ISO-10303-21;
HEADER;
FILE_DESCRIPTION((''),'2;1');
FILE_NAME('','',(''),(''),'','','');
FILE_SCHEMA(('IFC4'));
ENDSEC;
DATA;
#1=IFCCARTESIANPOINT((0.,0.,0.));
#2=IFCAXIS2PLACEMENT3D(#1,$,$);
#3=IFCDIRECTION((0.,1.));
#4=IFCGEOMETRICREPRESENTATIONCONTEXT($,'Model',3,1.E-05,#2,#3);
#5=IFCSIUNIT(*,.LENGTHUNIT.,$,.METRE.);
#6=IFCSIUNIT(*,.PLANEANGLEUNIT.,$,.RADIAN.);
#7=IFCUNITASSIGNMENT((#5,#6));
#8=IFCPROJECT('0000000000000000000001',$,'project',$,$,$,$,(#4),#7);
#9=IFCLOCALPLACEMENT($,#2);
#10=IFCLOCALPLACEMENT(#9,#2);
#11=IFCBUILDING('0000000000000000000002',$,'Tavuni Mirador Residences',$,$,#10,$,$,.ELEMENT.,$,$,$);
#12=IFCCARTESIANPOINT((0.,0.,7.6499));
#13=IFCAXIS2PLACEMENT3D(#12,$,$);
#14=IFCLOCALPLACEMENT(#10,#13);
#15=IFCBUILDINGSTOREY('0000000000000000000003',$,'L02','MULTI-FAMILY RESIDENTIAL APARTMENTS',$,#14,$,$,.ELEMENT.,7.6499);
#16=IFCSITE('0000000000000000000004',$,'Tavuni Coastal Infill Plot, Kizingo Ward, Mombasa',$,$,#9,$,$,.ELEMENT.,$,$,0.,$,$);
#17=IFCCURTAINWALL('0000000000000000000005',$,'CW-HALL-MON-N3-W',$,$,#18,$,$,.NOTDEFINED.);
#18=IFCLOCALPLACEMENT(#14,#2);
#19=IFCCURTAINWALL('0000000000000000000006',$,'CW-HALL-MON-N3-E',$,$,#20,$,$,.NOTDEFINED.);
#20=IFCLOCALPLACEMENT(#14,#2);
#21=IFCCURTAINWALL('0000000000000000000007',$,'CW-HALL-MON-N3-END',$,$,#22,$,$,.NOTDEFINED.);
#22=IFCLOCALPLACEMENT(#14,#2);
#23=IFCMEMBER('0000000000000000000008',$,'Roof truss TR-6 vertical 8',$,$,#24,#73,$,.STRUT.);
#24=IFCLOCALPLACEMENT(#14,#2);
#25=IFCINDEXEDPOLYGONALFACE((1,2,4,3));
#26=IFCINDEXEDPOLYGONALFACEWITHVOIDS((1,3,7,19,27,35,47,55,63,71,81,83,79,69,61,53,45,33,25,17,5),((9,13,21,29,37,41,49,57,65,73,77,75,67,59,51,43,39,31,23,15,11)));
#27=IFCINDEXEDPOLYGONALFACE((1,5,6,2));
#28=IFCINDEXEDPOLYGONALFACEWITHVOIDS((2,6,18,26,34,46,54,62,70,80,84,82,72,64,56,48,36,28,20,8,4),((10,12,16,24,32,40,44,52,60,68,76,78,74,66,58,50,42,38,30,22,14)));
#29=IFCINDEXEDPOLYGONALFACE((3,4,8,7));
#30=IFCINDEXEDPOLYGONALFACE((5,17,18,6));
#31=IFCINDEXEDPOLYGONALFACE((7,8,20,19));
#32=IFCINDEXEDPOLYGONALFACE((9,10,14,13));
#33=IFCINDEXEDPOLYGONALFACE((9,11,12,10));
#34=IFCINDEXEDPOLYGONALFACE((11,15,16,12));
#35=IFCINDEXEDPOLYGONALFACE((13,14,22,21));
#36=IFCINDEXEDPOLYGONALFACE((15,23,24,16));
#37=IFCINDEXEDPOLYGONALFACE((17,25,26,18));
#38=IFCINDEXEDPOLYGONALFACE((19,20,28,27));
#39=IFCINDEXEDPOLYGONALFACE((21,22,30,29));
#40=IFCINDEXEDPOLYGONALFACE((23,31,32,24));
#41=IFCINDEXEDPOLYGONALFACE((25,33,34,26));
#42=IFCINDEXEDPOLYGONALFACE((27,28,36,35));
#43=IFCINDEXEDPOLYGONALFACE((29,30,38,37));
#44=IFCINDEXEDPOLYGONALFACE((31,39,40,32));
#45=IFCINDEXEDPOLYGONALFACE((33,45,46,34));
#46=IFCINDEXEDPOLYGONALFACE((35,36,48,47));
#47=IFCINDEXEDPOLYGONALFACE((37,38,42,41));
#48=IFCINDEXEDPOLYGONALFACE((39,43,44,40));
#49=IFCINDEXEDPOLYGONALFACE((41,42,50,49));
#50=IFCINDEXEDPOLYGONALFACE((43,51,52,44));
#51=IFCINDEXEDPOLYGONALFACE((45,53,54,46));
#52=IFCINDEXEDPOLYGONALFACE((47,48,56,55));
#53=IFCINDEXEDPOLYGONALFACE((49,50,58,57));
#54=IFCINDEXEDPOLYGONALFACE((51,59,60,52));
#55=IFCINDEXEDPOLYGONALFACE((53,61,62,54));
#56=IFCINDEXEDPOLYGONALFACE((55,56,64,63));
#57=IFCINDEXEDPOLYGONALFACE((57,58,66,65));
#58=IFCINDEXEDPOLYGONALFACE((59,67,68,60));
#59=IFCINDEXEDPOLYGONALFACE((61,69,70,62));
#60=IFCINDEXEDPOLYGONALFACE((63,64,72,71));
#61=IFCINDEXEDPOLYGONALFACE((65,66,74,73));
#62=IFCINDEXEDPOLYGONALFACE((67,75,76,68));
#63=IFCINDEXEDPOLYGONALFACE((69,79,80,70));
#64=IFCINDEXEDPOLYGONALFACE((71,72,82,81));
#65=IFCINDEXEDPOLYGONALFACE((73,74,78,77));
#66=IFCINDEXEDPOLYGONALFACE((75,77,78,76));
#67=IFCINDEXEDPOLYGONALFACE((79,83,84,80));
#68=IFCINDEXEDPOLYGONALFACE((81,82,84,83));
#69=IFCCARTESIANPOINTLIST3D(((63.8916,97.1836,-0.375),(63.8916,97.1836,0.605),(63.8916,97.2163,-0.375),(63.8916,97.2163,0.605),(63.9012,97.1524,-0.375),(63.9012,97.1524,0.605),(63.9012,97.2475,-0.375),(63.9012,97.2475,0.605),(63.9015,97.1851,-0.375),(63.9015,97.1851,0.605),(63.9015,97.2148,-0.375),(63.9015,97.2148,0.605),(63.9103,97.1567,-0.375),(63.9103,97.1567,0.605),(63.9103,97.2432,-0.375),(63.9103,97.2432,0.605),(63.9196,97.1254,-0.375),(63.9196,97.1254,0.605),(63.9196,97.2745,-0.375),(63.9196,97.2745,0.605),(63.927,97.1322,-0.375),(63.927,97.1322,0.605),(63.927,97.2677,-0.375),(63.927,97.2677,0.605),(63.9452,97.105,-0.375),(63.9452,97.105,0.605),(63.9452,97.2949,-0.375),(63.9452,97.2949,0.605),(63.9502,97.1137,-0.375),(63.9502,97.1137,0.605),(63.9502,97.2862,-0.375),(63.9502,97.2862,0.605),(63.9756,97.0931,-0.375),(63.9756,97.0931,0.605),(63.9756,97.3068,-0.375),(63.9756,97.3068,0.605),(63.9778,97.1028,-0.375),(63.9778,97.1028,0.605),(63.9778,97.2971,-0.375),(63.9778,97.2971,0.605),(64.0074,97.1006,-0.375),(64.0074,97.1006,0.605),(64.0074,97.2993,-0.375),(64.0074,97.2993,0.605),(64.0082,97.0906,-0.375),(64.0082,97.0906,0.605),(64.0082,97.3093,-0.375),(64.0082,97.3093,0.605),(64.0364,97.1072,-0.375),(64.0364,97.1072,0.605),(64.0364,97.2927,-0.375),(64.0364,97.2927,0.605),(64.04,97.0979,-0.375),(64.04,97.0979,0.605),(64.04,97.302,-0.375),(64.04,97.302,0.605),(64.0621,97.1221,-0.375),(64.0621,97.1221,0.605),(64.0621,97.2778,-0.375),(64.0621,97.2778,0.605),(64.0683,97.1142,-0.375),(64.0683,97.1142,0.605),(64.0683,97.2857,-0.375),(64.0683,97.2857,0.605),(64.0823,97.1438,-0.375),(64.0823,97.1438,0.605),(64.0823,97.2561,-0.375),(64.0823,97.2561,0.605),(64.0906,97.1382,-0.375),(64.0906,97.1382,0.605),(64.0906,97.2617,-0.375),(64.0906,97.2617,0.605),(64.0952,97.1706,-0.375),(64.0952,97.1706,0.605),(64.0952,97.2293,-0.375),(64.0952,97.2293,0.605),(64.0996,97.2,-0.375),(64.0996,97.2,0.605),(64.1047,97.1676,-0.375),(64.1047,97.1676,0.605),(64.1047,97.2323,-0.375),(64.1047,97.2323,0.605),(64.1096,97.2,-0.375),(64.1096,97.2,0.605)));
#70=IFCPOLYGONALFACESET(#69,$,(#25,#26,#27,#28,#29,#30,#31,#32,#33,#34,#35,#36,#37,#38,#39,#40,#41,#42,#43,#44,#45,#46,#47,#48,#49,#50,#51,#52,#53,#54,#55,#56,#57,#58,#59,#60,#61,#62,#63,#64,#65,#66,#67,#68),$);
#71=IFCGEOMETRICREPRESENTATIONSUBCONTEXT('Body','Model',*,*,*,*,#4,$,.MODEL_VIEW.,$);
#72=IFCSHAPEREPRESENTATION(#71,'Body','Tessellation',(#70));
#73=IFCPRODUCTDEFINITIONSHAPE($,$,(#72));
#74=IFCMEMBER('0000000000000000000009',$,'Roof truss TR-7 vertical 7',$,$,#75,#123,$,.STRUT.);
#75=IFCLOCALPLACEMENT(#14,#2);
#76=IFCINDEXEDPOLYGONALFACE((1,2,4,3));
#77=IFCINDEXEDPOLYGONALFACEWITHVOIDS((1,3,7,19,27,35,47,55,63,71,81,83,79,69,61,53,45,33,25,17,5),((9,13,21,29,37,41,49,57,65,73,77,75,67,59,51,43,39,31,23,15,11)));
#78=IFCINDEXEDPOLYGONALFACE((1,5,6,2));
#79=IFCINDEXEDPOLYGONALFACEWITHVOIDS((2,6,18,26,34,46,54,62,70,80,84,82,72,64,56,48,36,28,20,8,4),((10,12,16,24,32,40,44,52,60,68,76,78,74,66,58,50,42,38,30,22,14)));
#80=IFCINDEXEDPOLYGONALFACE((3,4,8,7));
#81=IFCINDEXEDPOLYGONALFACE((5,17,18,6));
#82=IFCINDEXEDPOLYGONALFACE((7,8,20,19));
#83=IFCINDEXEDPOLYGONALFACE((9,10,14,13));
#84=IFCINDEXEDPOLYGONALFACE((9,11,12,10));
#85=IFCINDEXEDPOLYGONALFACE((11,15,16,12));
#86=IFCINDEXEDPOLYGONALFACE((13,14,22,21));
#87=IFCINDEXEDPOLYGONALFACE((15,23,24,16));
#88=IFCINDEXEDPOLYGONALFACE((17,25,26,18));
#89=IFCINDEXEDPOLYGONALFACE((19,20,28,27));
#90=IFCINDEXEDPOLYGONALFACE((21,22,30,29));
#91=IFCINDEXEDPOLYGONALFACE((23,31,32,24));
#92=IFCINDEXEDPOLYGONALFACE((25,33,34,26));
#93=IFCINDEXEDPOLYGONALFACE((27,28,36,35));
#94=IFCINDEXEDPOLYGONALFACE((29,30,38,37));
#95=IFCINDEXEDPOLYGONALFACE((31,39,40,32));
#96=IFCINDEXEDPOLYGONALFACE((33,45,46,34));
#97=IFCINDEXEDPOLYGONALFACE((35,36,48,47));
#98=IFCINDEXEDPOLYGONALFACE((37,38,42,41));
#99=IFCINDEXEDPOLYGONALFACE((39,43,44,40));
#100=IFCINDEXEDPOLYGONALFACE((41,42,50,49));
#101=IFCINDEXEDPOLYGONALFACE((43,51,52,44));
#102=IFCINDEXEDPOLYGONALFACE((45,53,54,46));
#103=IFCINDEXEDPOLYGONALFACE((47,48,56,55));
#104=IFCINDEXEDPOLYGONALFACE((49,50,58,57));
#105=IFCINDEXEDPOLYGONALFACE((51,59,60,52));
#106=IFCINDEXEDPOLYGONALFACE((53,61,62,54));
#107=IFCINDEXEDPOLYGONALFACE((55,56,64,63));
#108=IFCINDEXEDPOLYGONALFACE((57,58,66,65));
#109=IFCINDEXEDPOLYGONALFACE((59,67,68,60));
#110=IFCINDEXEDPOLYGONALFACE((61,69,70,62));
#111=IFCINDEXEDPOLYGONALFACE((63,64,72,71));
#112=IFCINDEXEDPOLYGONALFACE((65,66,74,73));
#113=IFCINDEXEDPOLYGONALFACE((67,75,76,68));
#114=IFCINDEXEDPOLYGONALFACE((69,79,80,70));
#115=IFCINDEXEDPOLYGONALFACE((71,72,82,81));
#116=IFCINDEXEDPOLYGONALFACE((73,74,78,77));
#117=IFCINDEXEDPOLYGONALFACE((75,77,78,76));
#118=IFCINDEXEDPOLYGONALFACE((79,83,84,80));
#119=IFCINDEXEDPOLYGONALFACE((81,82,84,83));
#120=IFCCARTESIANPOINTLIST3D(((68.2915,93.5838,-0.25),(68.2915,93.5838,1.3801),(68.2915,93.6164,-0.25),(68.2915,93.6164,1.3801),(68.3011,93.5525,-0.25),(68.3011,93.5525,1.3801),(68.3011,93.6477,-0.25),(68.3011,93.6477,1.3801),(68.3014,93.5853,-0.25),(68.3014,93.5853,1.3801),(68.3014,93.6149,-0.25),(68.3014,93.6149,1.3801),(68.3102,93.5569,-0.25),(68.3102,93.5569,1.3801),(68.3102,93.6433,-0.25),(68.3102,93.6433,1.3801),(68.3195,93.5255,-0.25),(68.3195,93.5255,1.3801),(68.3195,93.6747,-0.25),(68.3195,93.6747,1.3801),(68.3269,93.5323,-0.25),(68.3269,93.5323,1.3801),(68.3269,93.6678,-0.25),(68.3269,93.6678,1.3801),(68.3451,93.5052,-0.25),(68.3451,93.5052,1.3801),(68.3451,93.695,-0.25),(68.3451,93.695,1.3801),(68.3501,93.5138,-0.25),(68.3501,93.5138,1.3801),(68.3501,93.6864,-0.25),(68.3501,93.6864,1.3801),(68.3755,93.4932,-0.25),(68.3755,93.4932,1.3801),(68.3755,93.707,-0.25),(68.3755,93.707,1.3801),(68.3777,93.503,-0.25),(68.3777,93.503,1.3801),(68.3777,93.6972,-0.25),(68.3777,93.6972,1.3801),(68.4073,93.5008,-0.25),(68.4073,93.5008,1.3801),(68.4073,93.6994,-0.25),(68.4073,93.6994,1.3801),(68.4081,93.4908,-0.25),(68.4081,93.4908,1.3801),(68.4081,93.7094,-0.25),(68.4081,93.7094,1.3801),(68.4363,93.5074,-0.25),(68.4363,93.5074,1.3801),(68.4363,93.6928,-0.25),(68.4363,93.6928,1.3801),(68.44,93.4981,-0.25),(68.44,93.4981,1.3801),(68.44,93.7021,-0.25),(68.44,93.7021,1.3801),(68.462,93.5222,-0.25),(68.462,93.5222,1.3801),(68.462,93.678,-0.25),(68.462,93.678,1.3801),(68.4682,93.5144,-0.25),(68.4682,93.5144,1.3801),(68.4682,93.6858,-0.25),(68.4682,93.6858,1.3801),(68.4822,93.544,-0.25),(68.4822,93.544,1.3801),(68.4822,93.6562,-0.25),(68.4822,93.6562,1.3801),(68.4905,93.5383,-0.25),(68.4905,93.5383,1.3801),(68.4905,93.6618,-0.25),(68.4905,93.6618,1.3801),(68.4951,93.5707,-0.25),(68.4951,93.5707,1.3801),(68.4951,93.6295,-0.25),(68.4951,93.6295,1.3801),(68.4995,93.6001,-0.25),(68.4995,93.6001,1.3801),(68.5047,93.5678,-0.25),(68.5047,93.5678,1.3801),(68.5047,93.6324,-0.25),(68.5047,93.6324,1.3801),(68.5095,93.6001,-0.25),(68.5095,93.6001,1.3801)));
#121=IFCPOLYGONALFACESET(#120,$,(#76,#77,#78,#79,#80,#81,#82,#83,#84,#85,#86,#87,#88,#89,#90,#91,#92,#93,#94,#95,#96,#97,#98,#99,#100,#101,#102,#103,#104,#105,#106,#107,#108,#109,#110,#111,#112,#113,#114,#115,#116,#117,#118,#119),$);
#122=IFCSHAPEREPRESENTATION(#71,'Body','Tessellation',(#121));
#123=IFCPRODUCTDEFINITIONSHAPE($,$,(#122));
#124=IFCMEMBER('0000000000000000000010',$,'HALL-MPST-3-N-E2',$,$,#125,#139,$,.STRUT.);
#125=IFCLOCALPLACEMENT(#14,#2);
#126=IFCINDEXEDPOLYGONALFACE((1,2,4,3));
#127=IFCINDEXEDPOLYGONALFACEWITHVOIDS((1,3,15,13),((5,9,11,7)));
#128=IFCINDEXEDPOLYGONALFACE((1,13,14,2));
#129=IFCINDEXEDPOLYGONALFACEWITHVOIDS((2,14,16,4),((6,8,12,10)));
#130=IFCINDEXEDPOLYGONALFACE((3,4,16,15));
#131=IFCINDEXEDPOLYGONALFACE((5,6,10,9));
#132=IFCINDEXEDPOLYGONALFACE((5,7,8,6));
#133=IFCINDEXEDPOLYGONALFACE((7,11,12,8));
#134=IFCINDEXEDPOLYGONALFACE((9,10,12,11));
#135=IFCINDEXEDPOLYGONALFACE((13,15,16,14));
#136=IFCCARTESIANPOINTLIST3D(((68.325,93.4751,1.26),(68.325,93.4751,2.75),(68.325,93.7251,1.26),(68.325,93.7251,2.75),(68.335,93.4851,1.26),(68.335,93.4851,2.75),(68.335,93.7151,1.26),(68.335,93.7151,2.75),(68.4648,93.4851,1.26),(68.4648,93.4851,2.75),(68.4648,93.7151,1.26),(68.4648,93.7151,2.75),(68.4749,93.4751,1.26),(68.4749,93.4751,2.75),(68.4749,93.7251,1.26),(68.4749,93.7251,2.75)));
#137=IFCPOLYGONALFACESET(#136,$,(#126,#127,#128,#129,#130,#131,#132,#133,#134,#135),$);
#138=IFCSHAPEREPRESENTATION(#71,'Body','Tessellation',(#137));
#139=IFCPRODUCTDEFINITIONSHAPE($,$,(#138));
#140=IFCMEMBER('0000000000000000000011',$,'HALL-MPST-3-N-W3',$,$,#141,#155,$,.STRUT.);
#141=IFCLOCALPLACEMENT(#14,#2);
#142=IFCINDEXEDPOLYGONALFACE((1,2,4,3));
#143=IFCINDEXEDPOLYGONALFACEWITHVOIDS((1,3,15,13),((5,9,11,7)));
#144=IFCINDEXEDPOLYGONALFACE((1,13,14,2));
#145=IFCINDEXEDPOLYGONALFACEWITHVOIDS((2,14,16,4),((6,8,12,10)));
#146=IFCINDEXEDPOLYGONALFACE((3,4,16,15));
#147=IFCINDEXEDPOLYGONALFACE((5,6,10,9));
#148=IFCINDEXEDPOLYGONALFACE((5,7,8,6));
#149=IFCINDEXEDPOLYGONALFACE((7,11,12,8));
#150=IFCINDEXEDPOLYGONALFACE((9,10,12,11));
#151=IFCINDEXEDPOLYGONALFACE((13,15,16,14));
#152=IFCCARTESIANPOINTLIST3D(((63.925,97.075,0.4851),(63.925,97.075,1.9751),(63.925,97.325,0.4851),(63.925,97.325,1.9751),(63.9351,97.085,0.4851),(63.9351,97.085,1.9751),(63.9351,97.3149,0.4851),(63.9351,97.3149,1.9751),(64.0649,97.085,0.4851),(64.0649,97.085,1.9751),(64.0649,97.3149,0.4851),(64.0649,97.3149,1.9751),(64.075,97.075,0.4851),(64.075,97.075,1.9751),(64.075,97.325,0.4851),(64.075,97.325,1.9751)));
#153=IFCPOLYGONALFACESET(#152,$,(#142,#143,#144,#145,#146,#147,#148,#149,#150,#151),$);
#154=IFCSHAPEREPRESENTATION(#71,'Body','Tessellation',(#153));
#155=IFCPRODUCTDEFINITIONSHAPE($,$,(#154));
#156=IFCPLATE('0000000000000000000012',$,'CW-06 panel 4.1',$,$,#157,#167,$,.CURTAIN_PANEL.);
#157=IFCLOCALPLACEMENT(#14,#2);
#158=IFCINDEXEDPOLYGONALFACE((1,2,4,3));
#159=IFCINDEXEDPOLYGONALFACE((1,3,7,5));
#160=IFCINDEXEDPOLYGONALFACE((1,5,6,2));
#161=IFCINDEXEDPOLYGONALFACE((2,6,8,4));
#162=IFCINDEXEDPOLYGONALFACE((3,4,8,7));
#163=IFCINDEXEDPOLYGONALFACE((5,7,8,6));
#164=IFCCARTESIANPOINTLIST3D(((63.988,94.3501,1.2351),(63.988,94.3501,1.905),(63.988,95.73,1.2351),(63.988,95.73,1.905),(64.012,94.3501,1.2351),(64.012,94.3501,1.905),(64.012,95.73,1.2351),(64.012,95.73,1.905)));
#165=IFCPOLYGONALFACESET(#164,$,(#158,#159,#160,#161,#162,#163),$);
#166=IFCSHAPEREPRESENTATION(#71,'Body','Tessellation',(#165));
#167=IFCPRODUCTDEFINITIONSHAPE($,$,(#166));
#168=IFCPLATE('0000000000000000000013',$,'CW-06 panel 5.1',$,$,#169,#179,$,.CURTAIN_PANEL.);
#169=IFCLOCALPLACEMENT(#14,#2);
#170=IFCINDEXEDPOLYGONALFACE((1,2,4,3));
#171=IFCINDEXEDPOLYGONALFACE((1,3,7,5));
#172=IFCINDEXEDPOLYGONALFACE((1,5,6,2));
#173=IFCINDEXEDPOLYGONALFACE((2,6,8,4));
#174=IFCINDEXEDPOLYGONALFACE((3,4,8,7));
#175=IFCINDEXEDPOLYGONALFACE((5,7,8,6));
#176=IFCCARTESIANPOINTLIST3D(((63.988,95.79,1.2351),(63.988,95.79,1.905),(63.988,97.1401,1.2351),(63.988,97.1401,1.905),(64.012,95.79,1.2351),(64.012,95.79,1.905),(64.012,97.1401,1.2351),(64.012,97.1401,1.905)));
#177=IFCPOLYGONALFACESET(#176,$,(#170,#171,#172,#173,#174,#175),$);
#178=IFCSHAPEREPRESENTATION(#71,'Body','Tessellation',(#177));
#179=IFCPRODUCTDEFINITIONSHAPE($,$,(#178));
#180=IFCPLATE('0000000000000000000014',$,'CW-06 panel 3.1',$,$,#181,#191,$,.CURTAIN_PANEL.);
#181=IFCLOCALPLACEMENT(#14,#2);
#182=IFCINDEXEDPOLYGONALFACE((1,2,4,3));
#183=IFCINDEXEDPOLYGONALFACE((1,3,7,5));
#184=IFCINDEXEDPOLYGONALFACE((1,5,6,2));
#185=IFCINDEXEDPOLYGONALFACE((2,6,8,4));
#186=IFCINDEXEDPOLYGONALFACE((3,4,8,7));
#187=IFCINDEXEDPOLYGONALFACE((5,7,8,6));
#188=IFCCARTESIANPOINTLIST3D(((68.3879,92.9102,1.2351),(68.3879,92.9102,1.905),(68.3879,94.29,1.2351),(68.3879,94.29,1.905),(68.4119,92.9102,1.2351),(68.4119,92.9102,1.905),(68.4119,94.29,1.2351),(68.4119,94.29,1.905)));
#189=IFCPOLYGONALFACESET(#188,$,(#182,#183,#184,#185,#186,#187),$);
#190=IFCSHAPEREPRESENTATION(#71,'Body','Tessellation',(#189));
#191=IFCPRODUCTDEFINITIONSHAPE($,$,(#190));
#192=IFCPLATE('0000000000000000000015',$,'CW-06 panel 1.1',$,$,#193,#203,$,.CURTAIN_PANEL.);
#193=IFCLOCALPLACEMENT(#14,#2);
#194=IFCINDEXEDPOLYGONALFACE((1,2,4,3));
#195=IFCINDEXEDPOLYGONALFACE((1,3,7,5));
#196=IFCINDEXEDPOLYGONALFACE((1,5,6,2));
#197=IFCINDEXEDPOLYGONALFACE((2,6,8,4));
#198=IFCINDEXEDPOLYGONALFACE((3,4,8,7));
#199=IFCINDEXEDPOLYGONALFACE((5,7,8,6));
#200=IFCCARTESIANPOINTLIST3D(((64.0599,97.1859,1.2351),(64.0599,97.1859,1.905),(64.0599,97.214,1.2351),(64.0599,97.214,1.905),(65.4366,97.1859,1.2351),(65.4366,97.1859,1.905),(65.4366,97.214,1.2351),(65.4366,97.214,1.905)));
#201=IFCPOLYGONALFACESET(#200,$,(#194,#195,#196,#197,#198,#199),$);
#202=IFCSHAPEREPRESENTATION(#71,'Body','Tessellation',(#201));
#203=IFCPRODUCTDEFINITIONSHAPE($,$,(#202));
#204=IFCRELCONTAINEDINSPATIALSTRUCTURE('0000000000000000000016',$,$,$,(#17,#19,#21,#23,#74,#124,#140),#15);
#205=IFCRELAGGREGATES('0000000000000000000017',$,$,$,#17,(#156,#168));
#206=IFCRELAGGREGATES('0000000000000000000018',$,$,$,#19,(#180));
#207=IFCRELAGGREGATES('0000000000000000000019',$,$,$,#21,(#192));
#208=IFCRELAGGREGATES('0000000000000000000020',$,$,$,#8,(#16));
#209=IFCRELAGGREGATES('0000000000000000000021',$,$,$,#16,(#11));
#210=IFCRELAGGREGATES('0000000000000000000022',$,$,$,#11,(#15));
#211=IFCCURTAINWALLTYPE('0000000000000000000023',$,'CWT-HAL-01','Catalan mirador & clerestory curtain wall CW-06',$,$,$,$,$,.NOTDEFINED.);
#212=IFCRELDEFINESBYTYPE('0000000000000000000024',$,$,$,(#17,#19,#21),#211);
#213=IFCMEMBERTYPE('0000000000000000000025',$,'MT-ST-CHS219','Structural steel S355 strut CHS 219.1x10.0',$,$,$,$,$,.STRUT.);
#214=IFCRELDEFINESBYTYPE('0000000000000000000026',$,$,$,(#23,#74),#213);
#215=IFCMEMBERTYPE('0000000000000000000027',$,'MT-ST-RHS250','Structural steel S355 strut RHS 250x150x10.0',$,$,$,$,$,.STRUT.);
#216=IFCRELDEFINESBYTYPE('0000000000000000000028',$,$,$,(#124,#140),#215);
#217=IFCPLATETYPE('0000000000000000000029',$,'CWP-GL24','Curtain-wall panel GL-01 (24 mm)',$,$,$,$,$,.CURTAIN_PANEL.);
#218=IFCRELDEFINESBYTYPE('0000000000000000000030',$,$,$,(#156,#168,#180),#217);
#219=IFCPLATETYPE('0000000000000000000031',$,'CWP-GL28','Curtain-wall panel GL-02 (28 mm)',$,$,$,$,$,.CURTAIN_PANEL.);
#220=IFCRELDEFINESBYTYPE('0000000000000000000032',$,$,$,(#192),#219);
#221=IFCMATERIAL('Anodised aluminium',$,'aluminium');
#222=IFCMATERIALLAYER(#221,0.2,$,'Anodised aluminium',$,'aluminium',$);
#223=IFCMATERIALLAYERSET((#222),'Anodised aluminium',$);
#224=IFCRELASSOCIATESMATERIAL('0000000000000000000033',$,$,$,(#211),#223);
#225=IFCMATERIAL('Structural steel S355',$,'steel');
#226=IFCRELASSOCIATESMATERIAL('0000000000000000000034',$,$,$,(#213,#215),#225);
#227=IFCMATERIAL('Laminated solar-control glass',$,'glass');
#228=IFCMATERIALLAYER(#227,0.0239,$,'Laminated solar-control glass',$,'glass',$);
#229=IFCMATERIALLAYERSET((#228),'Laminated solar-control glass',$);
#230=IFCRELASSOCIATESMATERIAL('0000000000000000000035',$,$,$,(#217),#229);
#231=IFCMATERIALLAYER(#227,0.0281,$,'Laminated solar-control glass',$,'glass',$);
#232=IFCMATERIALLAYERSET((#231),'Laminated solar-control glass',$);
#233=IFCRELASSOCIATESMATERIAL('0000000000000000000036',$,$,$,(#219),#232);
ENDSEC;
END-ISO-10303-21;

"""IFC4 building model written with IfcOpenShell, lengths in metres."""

from ifc_helpers import new_model, si_unit, direction, frame, origin, origin_2d, place, context, subcontext, project, spatial, rectangle, hollow_rectangle, hollow_circle, extrude, material, layer, layer_set, material_profile, profile_set, type_object, element, aggregate, save


model = new_model("IFC4")

# Units and contexts
model_context = context("Model", 3, precision=1e-05, world=origin(), true_north=direction((0.0, 1.0)))
body_context = subcontext(model_context, "Body", "Model", "MODEL_VIEW")
ifc_project = project(units=[si_unit("LENGTHUNIT", "METRE"), si_unit("PLANEANGLEUNIT", "RADIAN")], contexts=[model_context])

# Site, building, storey
site_placement = place(None, origin())
site = spatial("IfcSite", under=ifc_project, at=site_placement, Name="Tavuni Coastal Infill Plot, Kizingo Ward, Mombasa", CompositionType="ELEMENT", RefElevation=0.0)
building_placement = place(site_placement, origin())
building = spatial("IfcBuilding", under=site, at=building_placement, Name="Tavuni Mirador Residences", CompositionType="ELEMENT")
storey_placement = place(building_placement, frame((0.0, 0.0, 7.6499)))
storey = spatial("IfcBuildingStorey", under=building, at=storey_placement, Name="L02", Description="MULTI-FAMILY RESIDENTIAL APARTMENTS", CompositionType="ELEMENT", Elevation=7.6499)

# Curtain wall
ifc_material_1 = material(Name="Anodised aluminium", Category="aluminium")
ifc_layer_1 = layer(ifc_material_1, 0.2, Name="Anodised aluminium", Category="aluminium")
ifc_layer_set_1 = layer_set([ifc_layer_1], Name="Anodised aluminium")
curtain_wall_type = type_object("IfcCurtainWallType", Name="CWT-HAL-01", Description="Catalan mirador & clerestory curtain wall CW-06", PredefinedType="NOTDEFINED", material=ifc_layer_set_1)
curtain_wall_1_placement = place(storey_placement, origin())
curtain_wall_1 = element("IfcCurtainWall", 1, at=curtain_wall_1_placement, inside=storey, type_object=curtain_wall_type, Name="CW-HALL-MON-N3-W", PredefinedType="NOTDEFINED")

# Curtain wall
curtain_wall_2_placement = place(storey_placement, origin())
curtain_wall_2 = element("IfcCurtainWall", 2, at=curtain_wall_2_placement, inside=storey, type_object=curtain_wall_type, Name="CW-HALL-MON-N3-E", PredefinedType="NOTDEFINED")

# Curtain wall
curtain_wall_3_placement = place(storey_placement, origin())
curtain_wall_3 = element("IfcCurtainWall", 3, at=curtain_wall_3_placement, inside=storey, type_object=curtain_wall_type, Name="CW-HALL-MON-N3-END", PredefinedType="NOTDEFINED")

# Members
ifc_material_2 = material(Name="Structural steel S355", Category="steel")
ifc_material_profile_1 = material_profile(ifc_material_2, hollow_circle(Radius=0.1096, WallThickness=0.01, at=origin_2d()), Name="CHS 219.1x10.0", Category="steel")
ifc_profile_set_1 = profile_set([ifc_material_profile_1], Name="Structural steel S355")
member_type_1 = type_object("IfcMemberType", Name="MT-ST-CHS219", Description="Structural steel S355 strut CHS 219.1x10.0", PredefinedType="STRUT", material=ifc_profile_set_1)
member_1_placement = place(storey_placement, frame((64.0, 97.2, -0.375), z_axis=(0.0, 0.0, 1.0), x_axis=(1.0, 0.0, 0.0)))
element("IfcMember", 4, at=member_1_placement, inside=storey, type_object=member_type_1, Name="Roof truss TR-6 vertical 8", PredefinedType="STRUT", context=body_context, shape_type="SweptSolid", body=[
    extrude(hollow_circle(Radius=0.1096, WallThickness=0.01, at=origin_2d()), origin(), (0.0, 0.0, 1.0), 0.98),
])
member_2_placement = place(storey_placement, frame((68.3999, 93.6001, -0.25), z_axis=(0.0, 0.0, 1.0), x_axis=(1.0, 0.0, 0.0)))
element("IfcMember", 5, at=member_2_placement, inside=storey, type_object=member_type_1, Name="Roof truss TR-7 vertical 7", PredefinedType="STRUT", context=body_context, shape_type="SweptSolid", body=[
    extrude(hollow_circle(Radius=0.1096, WallThickness=0.01, at=origin_2d()), origin(), (0.0, 0.0, 1.0), 1.6301),
])
ifc_material_profile_2 = material_profile(ifc_material_2, hollow_rectangle(XDim=0.1499, YDim=0.25, WallThickness=0.01, at=origin_2d()), Name="RHS 250x150x10.0", Category="steel")
ifc_profile_set_2 = profile_set([ifc_material_profile_2], Name="Structural steel S355")
member_type_2 = type_object("IfcMemberType", Name="MT-ST-RHS250", Description="Structural steel S355 strut RHS 250x150x10.0", PredefinedType="STRUT", material=ifc_profile_set_2)
for number, where, z_axis, x_axis, name in (
    (6, (68.3999, 93.6001, 1.26), (0.0, 0.0, 1.0), (1.0, 0.0, 0.0), "HALL-MPST-3-N-E2"),
    (7, (64.0, 97.2, 0.4851), (0.0, 0.0, 1.0), (1.0, 0.0, 0.0), "HALL-MPST-3-N-W3"),
):
    element("IfcMember", number, at=place(storey_placement, frame(where, z_axis=z_axis, x_axis=x_axis)), inside=storey, type_object=member_type_2, Name=name, PredefinedType="STRUT", context=body_context, shape_type="SweptSolid", body=[
        extrude(hollow_rectangle(XDim=0.1499, YDim=0.25, WallThickness=0.01, at=origin_2d()), origin(), (0.0, 0.0, 1.0), 1.49),
    ])

# Plates
ifc_material_3 = material(Name="Laminated solar-control glass", Category="glass")
ifc_layer_2 = layer(ifc_material_3, 0.0239, Name="Laminated solar-control glass", Category="glass")
ifc_layer_set_2 = layer_set([ifc_layer_2], Name="Laminated solar-control glass")
plate_type_1 = type_object("IfcPlateType", Name="CWP-GL24", Description="Curtain-wall panel GL-01 (24 mm)", PredefinedType="CURTAIN_PANEL", material=ifc_layer_set_2)
plate_1_placement = place(storey_placement, frame((64.0, 95.04, 1.2351), z_axis=(0.0, 0.0, 1.0), x_axis=(0.0, 1.0, 0.0)))
plate_1 = element("IfcPlate", 8, at=plate_1_placement, type_object=plate_type_1, Name="CW-06 panel 4.1", PredefinedType="CURTAIN_PANEL", context=body_context, shape_type="SweptSolid", body=[
    extrude(rectangle(XDim=1.3799, YDim=0.0239, at=origin_2d()), origin(), (0.0, 0.0, 1.0), 0.6699),
])
plate_2_placement = place(storey_placement, frame((64.0, 96.4651, 1.2351), z_axis=(0.0, 0.0, 1.0), x_axis=(0.0, 1.0, 0.0)))
plate_2 = element("IfcPlate", 9, at=plate_2_placement, type_object=plate_type_1, Name="CW-06 panel 5.1", PredefinedType="CURTAIN_PANEL", context=body_context, shape_type="SweptSolid", body=[
    extrude(rectangle(XDim=1.3501, YDim=0.0239, at=origin_2d()), origin(), (0.0, 0.0, 1.0), 0.6699),
])
aggregate(curtain_wall_1, [plate_1, plate_2])
plate_3_placement = place(storey_placement, frame((68.3999, 93.6001, 1.2351), z_axis=(0.0, 0.0, 1.0), x_axis=(0.0, 1.0, 0.0)))
plate_3 = element("IfcPlate", 10, at=plate_3_placement, type_object=plate_type_1, Name="CW-06 panel 3.1", PredefinedType="CURTAIN_PANEL", context=body_context, shape_type="SweptSolid", body=[
    extrude(rectangle(XDim=1.3799, YDim=0.0239, at=origin_2d()), origin(), (0.0, 0.0, 1.0), 0.6699),
])
aggregate(curtain_wall_2, [plate_3])
ifc_layer_3 = layer(ifc_material_3, 0.0281, Name="Laminated solar-control glass", Category="glass")
ifc_layer_set_3 = layer_set([ifc_layer_3], Name="Laminated solar-control glass")
plate_type_2 = type_object("IfcPlateType", Name="CWP-GL28", Description="Curtain-wall panel GL-02 (28 mm)", PredefinedType="CURTAIN_PANEL", material=ifc_layer_set_3)
plate_4_placement = place(storey_placement, frame((64.7483, 97.2, 1.2351), z_axis=(0.0, 0.0, 1.0), x_axis=(1.0, 0.0, 0.0)))
plate_4 = element("IfcPlate", 11, at=plate_4_placement, type_object=plate_type_2, Name="CW-06 panel 1.1", PredefinedType="CURTAIN_PANEL", context=body_context, shape_type="SweptSolid", body=[
    extrude(rectangle(XDim=1.3767, YDim=0.0281, at=origin_2d()), origin(), (0.0, 0.0, 1.0), 0.6699),
])
aggregate(curtain_wall_3, [plate_4])

save(model, "model.ifc")
